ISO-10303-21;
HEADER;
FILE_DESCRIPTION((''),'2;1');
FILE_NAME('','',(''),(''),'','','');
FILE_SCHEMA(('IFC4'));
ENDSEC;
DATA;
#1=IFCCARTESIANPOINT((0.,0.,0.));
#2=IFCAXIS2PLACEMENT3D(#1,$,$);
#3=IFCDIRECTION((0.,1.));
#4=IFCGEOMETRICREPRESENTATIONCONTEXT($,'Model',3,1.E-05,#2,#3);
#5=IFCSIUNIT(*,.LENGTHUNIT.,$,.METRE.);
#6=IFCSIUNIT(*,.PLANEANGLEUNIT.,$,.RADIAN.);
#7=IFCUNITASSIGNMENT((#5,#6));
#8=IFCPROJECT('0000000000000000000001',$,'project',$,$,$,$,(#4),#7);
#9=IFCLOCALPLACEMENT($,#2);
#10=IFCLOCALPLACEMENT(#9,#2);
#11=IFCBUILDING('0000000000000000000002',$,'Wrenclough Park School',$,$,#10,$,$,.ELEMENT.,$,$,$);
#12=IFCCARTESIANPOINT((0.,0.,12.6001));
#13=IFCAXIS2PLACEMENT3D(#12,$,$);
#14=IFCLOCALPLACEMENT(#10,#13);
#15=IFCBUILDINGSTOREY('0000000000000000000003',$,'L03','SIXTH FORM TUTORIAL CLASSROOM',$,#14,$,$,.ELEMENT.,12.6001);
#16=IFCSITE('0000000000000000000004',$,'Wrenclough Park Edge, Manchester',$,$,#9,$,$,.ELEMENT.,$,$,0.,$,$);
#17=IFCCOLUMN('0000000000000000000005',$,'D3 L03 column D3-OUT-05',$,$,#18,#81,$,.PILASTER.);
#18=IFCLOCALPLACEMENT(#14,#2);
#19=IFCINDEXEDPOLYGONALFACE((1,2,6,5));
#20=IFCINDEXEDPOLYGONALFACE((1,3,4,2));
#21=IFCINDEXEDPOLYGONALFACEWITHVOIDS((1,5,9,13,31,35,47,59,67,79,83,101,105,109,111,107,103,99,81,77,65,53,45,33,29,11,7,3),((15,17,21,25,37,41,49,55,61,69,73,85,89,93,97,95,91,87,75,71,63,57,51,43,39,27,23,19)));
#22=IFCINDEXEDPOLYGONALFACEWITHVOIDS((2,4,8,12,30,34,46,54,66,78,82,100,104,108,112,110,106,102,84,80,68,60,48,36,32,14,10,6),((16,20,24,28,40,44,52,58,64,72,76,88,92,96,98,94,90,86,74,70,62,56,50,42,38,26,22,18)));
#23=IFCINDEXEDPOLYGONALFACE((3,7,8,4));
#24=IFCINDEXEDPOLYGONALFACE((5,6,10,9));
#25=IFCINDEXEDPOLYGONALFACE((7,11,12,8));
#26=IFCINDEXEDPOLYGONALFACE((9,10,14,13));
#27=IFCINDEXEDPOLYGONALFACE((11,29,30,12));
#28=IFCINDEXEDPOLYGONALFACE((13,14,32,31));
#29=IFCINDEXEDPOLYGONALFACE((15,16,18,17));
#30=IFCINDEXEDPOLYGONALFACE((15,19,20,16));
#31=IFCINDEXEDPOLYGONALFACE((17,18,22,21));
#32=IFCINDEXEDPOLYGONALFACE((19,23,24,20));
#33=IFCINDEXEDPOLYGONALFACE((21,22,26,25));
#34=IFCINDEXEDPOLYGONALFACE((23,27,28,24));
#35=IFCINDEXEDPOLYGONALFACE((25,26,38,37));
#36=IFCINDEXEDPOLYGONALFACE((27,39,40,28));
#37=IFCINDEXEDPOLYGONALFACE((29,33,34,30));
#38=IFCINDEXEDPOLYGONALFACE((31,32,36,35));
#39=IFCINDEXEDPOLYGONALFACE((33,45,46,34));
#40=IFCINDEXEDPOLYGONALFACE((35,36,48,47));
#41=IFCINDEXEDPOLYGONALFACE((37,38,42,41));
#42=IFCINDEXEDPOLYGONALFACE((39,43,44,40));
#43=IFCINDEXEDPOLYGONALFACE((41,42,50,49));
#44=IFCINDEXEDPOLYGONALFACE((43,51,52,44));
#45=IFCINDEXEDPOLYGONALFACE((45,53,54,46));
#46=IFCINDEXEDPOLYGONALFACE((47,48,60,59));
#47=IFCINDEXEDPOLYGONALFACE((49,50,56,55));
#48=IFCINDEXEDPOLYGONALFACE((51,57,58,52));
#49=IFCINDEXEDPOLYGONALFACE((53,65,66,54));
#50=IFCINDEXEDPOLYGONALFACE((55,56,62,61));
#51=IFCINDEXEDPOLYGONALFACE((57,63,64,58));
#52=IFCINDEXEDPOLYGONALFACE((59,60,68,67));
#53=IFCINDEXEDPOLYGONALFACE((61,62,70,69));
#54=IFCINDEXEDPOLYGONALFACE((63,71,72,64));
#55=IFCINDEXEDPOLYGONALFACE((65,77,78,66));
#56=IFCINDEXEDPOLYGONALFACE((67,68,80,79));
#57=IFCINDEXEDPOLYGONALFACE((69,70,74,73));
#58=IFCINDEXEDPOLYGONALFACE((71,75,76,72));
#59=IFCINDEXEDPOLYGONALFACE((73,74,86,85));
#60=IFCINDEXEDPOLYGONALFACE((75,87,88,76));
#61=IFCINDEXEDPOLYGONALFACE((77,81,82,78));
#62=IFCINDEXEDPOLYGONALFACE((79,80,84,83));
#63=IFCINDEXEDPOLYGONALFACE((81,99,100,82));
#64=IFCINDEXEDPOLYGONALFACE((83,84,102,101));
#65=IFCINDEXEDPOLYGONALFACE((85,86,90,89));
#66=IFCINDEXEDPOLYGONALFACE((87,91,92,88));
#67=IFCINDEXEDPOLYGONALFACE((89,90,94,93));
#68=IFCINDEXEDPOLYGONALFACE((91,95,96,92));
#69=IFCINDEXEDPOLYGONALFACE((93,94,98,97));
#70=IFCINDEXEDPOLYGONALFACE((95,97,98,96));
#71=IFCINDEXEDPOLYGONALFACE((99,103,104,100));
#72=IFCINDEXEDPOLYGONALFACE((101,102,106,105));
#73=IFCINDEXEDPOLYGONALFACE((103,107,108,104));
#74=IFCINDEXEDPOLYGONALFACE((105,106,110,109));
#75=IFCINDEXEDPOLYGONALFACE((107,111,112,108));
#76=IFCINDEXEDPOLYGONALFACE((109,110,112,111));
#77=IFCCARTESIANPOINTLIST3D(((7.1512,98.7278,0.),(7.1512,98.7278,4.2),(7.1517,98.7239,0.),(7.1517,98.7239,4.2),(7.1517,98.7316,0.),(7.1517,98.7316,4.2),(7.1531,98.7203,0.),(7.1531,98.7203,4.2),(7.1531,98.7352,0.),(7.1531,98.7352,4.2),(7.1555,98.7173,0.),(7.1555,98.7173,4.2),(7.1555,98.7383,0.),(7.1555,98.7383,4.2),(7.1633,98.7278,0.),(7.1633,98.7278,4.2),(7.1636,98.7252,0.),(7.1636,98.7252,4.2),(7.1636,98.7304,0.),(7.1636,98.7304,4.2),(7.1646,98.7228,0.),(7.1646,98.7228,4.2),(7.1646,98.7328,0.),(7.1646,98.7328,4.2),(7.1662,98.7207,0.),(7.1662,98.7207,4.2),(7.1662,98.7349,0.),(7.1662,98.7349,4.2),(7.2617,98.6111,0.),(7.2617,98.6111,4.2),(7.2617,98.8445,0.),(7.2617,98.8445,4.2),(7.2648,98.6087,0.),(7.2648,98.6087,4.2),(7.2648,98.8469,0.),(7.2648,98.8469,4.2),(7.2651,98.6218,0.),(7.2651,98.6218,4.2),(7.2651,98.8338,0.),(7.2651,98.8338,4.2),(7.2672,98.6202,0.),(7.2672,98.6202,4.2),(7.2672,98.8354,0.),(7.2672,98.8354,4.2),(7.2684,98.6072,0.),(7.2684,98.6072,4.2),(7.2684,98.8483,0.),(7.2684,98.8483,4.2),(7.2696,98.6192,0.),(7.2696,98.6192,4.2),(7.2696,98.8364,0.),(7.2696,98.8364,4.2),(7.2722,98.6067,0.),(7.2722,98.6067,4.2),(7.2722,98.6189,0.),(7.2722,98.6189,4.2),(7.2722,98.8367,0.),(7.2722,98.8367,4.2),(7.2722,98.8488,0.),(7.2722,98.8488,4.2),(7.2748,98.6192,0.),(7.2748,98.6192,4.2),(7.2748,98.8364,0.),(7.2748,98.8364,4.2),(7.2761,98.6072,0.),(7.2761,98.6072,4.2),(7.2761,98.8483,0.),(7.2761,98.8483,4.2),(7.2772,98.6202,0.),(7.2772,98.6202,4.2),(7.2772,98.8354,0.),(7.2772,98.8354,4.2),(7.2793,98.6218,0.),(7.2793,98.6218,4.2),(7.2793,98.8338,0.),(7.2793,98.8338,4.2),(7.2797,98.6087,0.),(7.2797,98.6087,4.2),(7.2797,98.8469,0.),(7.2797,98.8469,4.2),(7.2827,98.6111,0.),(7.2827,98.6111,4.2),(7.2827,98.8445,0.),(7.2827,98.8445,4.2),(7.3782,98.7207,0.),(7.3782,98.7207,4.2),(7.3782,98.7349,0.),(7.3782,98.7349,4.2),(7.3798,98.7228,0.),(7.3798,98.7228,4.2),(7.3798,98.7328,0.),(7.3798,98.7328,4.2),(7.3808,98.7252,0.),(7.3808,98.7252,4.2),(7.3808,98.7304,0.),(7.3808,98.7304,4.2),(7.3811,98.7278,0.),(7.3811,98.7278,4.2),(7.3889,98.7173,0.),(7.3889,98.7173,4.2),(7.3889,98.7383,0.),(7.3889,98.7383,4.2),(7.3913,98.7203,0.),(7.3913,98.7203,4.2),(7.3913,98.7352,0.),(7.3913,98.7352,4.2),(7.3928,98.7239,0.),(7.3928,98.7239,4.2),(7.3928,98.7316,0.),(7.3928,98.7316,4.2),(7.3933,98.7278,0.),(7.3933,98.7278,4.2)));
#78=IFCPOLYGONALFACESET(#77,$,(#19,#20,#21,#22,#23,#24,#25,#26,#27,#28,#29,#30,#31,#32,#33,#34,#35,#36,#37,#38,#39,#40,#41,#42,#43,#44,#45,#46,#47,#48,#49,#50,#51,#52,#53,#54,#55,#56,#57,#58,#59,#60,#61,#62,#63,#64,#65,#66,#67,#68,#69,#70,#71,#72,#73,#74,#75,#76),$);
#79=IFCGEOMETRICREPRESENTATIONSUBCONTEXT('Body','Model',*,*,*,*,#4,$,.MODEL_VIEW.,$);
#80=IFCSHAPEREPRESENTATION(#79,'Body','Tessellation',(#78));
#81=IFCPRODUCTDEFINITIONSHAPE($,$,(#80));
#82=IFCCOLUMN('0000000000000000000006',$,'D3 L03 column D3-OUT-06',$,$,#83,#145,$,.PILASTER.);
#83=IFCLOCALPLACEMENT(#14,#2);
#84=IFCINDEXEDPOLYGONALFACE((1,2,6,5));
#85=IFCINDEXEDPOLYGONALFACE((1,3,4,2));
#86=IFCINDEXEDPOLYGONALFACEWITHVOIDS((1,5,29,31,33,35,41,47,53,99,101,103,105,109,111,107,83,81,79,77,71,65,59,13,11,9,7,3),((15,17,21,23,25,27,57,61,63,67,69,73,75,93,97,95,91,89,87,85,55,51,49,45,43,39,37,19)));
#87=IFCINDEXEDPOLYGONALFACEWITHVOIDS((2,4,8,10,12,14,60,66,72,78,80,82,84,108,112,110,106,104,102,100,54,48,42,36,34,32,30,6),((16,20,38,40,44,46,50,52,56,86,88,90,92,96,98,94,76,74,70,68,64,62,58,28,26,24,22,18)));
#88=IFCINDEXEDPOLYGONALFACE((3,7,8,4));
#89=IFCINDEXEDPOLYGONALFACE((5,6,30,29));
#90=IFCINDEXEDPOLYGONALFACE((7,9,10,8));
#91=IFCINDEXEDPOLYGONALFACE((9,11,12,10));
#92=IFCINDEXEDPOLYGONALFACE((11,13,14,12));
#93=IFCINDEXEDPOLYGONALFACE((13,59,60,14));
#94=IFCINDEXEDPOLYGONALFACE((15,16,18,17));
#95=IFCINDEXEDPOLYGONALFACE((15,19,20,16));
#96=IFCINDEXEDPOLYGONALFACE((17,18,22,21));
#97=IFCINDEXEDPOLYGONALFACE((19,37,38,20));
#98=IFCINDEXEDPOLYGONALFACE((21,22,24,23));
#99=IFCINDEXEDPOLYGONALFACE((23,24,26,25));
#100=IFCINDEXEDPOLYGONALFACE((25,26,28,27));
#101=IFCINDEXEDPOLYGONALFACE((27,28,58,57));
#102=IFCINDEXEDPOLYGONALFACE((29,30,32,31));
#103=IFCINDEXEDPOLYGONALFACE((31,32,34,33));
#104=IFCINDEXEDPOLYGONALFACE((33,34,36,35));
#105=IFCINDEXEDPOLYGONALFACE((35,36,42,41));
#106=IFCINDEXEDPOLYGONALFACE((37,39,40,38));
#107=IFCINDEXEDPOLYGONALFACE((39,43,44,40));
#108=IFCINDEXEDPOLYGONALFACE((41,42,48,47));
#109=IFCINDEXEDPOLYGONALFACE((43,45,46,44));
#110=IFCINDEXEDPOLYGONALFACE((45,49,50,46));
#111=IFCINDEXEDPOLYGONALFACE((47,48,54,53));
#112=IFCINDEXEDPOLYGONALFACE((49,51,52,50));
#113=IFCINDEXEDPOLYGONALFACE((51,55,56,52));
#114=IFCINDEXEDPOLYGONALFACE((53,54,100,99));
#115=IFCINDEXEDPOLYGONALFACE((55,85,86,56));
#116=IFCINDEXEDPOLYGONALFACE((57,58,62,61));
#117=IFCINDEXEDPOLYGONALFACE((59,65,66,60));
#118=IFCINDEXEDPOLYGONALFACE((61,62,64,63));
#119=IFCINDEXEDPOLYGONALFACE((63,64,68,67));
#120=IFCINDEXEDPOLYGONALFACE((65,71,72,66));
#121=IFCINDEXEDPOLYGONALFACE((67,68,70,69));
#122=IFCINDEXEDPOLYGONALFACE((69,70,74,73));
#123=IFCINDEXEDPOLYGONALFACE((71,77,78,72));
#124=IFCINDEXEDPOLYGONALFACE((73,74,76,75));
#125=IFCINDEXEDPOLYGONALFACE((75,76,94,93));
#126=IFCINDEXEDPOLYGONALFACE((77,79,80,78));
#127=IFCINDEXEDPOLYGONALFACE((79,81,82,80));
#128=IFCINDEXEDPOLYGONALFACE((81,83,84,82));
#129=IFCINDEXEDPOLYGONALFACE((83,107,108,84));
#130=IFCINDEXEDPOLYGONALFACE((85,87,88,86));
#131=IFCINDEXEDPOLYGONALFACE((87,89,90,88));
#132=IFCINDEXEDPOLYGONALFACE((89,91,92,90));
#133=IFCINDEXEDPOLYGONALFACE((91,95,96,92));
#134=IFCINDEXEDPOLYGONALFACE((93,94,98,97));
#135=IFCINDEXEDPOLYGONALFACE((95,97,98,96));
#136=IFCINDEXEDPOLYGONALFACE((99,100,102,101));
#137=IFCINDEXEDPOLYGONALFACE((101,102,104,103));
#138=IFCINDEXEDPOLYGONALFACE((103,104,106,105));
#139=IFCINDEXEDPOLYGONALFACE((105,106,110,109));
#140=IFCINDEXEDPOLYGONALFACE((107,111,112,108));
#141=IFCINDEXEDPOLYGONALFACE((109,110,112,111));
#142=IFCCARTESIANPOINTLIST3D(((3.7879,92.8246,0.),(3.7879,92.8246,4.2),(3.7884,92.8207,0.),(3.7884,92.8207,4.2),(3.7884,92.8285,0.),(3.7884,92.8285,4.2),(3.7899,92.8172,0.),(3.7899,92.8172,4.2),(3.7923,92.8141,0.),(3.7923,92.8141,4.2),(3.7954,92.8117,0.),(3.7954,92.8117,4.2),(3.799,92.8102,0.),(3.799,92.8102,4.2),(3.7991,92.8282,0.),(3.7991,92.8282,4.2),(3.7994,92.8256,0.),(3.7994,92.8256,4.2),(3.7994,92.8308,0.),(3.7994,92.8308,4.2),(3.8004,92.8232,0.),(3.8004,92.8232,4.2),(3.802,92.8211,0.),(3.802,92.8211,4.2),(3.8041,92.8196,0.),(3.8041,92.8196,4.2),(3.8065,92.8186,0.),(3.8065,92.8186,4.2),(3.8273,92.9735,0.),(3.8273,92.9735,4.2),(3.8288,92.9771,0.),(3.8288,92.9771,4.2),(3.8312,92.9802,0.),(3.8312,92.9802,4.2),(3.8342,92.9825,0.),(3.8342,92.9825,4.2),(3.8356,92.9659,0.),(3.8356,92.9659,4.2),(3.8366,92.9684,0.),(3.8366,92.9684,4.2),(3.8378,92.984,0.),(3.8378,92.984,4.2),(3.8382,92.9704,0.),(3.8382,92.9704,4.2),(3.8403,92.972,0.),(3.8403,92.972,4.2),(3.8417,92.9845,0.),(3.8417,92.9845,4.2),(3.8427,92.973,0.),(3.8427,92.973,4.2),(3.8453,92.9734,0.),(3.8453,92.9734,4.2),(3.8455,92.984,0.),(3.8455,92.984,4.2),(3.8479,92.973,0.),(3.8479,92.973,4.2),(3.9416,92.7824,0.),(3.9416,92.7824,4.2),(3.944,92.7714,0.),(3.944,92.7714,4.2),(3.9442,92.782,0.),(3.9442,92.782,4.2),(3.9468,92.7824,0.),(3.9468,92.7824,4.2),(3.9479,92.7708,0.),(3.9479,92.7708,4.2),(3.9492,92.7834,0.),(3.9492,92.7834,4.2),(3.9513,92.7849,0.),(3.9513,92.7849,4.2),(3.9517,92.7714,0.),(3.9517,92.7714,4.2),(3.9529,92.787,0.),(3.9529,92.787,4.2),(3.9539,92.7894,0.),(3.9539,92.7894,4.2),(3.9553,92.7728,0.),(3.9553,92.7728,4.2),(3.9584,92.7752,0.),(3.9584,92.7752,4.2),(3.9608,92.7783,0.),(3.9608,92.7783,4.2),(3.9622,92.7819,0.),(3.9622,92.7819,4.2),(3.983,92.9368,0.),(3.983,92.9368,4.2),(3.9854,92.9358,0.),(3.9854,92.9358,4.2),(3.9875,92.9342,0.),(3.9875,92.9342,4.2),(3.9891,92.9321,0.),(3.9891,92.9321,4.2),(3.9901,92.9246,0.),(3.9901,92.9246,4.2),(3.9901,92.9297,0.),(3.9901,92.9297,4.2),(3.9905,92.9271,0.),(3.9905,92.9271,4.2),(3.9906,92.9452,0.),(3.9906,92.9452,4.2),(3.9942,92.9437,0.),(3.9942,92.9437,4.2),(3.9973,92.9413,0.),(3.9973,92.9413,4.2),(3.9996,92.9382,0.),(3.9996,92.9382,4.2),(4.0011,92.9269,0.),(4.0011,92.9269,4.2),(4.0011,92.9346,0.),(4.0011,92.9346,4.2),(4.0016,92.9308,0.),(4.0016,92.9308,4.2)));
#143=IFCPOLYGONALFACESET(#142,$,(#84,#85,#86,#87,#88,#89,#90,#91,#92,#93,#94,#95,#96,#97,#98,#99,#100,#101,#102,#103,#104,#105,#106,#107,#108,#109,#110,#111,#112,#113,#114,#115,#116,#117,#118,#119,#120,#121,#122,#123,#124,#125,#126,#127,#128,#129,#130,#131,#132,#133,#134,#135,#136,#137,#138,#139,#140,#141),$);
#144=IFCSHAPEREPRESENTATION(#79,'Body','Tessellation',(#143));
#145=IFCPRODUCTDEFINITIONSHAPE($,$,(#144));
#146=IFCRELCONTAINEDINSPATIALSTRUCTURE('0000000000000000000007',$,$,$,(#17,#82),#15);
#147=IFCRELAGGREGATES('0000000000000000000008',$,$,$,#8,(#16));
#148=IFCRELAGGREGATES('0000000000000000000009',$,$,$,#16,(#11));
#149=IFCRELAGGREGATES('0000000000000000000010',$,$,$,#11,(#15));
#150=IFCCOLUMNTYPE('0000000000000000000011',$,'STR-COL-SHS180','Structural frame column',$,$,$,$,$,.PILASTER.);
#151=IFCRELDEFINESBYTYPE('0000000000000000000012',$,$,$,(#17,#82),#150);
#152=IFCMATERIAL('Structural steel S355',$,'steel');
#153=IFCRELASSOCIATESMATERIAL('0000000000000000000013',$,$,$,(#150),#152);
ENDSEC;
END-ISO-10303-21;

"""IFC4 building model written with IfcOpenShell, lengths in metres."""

from ifc_helpers import new_model, si_unit, direction, frame, origin, origin_2d, place, context, subcontext, project, spatial, hollow_rectangle, extrude, material, material_profile, profile_set, type_object, element, save


model = new_model("IFC4")

# Units and contexts
model_context = context("Model", 3, precision=1e-05, world=origin(), true_north=direction((0.0, 1.0)))
body_context = subcontext(model_context, "Body", "Model", "MODEL_VIEW")
ifc_project = project(units=[si_unit("LENGTHUNIT", "METRE"), si_unit("PLANEANGLEUNIT", "RADIAN")], contexts=[model_context])

# Site, building, storey
site_placement = place(None, origin())
site = spatial("IfcSite", under=ifc_project, at=site_placement, Name="Wrenclough Park Edge, Manchester", CompositionType="ELEMENT", RefElevation=0.0)
building_placement = place(site_placement, origin())
building = spatial("IfcBuilding", under=site, at=building_placement, Name="Wrenclough Park School", CompositionType="ELEMENT")
storey_placement = place(building_placement, frame((0.0, 0.0, 12.6001)))
storey = spatial("IfcBuildingStorey", under=building, at=storey_placement, Name="L03", Description="SIXTH FORM TUTORIAL CLASSROOM", CompositionType="ELEMENT", Elevation=12.6001)

# Columns
ifc_material_1 = material(Name="Structural steel S355", Category="steel")
ifc_material_profile_1 = material_profile(ifc_material_1, hollow_rectangle(XDim=0.1799, YDim=0.1799, WallThickness=0.01, InnerFilletRadius=0.01, OuterFilletRadius=0.0149, at=origin_2d()), Name="SHS 180x180x10.0")
ifc_profile_set_1 = profile_set([ifc_material_profile_1], Name="Structural steel S355")
column_type = type_object("IfcColumnType", Name="STR-COL-SHS180", Description="Structural frame column", PredefinedType="PILASTER", material=ifc_profile_set_1)
for number, where, z_axis, x_axis, name in (
    (1, (7.2722, 98.7278, 0.0), (0.0, 0.0, 1.0), (-0.707107, -0.707107, 0.0), "D3 L03 column D3-OUT-05"),
    (2, (3.8948, 92.8777, 0.0), (0.0, 0.0, 1.0), (-0.258819, -0.965926, 0.0), "D3 L03 column D3-OUT-06"),
):
    element("IfcColumn", number, at=place(storey_placement, frame(where, z_axis=z_axis, x_axis=x_axis)), inside=storey, type_object=column_type, Name=name, PredefinedType="PILASTER", context=body_context, shape_type="SweptSolid", body=[
        extrude(hollow_rectangle(XDim=0.1799, YDim=0.1799, WallThickness=0.01, InnerFilletRadius=0.01, OuterFilletRadius=0.0149, at=origin_2d()), origin(), (0.0, 0.0, 1.0), 4.2),
    ])

save(model, "model.ifc")
